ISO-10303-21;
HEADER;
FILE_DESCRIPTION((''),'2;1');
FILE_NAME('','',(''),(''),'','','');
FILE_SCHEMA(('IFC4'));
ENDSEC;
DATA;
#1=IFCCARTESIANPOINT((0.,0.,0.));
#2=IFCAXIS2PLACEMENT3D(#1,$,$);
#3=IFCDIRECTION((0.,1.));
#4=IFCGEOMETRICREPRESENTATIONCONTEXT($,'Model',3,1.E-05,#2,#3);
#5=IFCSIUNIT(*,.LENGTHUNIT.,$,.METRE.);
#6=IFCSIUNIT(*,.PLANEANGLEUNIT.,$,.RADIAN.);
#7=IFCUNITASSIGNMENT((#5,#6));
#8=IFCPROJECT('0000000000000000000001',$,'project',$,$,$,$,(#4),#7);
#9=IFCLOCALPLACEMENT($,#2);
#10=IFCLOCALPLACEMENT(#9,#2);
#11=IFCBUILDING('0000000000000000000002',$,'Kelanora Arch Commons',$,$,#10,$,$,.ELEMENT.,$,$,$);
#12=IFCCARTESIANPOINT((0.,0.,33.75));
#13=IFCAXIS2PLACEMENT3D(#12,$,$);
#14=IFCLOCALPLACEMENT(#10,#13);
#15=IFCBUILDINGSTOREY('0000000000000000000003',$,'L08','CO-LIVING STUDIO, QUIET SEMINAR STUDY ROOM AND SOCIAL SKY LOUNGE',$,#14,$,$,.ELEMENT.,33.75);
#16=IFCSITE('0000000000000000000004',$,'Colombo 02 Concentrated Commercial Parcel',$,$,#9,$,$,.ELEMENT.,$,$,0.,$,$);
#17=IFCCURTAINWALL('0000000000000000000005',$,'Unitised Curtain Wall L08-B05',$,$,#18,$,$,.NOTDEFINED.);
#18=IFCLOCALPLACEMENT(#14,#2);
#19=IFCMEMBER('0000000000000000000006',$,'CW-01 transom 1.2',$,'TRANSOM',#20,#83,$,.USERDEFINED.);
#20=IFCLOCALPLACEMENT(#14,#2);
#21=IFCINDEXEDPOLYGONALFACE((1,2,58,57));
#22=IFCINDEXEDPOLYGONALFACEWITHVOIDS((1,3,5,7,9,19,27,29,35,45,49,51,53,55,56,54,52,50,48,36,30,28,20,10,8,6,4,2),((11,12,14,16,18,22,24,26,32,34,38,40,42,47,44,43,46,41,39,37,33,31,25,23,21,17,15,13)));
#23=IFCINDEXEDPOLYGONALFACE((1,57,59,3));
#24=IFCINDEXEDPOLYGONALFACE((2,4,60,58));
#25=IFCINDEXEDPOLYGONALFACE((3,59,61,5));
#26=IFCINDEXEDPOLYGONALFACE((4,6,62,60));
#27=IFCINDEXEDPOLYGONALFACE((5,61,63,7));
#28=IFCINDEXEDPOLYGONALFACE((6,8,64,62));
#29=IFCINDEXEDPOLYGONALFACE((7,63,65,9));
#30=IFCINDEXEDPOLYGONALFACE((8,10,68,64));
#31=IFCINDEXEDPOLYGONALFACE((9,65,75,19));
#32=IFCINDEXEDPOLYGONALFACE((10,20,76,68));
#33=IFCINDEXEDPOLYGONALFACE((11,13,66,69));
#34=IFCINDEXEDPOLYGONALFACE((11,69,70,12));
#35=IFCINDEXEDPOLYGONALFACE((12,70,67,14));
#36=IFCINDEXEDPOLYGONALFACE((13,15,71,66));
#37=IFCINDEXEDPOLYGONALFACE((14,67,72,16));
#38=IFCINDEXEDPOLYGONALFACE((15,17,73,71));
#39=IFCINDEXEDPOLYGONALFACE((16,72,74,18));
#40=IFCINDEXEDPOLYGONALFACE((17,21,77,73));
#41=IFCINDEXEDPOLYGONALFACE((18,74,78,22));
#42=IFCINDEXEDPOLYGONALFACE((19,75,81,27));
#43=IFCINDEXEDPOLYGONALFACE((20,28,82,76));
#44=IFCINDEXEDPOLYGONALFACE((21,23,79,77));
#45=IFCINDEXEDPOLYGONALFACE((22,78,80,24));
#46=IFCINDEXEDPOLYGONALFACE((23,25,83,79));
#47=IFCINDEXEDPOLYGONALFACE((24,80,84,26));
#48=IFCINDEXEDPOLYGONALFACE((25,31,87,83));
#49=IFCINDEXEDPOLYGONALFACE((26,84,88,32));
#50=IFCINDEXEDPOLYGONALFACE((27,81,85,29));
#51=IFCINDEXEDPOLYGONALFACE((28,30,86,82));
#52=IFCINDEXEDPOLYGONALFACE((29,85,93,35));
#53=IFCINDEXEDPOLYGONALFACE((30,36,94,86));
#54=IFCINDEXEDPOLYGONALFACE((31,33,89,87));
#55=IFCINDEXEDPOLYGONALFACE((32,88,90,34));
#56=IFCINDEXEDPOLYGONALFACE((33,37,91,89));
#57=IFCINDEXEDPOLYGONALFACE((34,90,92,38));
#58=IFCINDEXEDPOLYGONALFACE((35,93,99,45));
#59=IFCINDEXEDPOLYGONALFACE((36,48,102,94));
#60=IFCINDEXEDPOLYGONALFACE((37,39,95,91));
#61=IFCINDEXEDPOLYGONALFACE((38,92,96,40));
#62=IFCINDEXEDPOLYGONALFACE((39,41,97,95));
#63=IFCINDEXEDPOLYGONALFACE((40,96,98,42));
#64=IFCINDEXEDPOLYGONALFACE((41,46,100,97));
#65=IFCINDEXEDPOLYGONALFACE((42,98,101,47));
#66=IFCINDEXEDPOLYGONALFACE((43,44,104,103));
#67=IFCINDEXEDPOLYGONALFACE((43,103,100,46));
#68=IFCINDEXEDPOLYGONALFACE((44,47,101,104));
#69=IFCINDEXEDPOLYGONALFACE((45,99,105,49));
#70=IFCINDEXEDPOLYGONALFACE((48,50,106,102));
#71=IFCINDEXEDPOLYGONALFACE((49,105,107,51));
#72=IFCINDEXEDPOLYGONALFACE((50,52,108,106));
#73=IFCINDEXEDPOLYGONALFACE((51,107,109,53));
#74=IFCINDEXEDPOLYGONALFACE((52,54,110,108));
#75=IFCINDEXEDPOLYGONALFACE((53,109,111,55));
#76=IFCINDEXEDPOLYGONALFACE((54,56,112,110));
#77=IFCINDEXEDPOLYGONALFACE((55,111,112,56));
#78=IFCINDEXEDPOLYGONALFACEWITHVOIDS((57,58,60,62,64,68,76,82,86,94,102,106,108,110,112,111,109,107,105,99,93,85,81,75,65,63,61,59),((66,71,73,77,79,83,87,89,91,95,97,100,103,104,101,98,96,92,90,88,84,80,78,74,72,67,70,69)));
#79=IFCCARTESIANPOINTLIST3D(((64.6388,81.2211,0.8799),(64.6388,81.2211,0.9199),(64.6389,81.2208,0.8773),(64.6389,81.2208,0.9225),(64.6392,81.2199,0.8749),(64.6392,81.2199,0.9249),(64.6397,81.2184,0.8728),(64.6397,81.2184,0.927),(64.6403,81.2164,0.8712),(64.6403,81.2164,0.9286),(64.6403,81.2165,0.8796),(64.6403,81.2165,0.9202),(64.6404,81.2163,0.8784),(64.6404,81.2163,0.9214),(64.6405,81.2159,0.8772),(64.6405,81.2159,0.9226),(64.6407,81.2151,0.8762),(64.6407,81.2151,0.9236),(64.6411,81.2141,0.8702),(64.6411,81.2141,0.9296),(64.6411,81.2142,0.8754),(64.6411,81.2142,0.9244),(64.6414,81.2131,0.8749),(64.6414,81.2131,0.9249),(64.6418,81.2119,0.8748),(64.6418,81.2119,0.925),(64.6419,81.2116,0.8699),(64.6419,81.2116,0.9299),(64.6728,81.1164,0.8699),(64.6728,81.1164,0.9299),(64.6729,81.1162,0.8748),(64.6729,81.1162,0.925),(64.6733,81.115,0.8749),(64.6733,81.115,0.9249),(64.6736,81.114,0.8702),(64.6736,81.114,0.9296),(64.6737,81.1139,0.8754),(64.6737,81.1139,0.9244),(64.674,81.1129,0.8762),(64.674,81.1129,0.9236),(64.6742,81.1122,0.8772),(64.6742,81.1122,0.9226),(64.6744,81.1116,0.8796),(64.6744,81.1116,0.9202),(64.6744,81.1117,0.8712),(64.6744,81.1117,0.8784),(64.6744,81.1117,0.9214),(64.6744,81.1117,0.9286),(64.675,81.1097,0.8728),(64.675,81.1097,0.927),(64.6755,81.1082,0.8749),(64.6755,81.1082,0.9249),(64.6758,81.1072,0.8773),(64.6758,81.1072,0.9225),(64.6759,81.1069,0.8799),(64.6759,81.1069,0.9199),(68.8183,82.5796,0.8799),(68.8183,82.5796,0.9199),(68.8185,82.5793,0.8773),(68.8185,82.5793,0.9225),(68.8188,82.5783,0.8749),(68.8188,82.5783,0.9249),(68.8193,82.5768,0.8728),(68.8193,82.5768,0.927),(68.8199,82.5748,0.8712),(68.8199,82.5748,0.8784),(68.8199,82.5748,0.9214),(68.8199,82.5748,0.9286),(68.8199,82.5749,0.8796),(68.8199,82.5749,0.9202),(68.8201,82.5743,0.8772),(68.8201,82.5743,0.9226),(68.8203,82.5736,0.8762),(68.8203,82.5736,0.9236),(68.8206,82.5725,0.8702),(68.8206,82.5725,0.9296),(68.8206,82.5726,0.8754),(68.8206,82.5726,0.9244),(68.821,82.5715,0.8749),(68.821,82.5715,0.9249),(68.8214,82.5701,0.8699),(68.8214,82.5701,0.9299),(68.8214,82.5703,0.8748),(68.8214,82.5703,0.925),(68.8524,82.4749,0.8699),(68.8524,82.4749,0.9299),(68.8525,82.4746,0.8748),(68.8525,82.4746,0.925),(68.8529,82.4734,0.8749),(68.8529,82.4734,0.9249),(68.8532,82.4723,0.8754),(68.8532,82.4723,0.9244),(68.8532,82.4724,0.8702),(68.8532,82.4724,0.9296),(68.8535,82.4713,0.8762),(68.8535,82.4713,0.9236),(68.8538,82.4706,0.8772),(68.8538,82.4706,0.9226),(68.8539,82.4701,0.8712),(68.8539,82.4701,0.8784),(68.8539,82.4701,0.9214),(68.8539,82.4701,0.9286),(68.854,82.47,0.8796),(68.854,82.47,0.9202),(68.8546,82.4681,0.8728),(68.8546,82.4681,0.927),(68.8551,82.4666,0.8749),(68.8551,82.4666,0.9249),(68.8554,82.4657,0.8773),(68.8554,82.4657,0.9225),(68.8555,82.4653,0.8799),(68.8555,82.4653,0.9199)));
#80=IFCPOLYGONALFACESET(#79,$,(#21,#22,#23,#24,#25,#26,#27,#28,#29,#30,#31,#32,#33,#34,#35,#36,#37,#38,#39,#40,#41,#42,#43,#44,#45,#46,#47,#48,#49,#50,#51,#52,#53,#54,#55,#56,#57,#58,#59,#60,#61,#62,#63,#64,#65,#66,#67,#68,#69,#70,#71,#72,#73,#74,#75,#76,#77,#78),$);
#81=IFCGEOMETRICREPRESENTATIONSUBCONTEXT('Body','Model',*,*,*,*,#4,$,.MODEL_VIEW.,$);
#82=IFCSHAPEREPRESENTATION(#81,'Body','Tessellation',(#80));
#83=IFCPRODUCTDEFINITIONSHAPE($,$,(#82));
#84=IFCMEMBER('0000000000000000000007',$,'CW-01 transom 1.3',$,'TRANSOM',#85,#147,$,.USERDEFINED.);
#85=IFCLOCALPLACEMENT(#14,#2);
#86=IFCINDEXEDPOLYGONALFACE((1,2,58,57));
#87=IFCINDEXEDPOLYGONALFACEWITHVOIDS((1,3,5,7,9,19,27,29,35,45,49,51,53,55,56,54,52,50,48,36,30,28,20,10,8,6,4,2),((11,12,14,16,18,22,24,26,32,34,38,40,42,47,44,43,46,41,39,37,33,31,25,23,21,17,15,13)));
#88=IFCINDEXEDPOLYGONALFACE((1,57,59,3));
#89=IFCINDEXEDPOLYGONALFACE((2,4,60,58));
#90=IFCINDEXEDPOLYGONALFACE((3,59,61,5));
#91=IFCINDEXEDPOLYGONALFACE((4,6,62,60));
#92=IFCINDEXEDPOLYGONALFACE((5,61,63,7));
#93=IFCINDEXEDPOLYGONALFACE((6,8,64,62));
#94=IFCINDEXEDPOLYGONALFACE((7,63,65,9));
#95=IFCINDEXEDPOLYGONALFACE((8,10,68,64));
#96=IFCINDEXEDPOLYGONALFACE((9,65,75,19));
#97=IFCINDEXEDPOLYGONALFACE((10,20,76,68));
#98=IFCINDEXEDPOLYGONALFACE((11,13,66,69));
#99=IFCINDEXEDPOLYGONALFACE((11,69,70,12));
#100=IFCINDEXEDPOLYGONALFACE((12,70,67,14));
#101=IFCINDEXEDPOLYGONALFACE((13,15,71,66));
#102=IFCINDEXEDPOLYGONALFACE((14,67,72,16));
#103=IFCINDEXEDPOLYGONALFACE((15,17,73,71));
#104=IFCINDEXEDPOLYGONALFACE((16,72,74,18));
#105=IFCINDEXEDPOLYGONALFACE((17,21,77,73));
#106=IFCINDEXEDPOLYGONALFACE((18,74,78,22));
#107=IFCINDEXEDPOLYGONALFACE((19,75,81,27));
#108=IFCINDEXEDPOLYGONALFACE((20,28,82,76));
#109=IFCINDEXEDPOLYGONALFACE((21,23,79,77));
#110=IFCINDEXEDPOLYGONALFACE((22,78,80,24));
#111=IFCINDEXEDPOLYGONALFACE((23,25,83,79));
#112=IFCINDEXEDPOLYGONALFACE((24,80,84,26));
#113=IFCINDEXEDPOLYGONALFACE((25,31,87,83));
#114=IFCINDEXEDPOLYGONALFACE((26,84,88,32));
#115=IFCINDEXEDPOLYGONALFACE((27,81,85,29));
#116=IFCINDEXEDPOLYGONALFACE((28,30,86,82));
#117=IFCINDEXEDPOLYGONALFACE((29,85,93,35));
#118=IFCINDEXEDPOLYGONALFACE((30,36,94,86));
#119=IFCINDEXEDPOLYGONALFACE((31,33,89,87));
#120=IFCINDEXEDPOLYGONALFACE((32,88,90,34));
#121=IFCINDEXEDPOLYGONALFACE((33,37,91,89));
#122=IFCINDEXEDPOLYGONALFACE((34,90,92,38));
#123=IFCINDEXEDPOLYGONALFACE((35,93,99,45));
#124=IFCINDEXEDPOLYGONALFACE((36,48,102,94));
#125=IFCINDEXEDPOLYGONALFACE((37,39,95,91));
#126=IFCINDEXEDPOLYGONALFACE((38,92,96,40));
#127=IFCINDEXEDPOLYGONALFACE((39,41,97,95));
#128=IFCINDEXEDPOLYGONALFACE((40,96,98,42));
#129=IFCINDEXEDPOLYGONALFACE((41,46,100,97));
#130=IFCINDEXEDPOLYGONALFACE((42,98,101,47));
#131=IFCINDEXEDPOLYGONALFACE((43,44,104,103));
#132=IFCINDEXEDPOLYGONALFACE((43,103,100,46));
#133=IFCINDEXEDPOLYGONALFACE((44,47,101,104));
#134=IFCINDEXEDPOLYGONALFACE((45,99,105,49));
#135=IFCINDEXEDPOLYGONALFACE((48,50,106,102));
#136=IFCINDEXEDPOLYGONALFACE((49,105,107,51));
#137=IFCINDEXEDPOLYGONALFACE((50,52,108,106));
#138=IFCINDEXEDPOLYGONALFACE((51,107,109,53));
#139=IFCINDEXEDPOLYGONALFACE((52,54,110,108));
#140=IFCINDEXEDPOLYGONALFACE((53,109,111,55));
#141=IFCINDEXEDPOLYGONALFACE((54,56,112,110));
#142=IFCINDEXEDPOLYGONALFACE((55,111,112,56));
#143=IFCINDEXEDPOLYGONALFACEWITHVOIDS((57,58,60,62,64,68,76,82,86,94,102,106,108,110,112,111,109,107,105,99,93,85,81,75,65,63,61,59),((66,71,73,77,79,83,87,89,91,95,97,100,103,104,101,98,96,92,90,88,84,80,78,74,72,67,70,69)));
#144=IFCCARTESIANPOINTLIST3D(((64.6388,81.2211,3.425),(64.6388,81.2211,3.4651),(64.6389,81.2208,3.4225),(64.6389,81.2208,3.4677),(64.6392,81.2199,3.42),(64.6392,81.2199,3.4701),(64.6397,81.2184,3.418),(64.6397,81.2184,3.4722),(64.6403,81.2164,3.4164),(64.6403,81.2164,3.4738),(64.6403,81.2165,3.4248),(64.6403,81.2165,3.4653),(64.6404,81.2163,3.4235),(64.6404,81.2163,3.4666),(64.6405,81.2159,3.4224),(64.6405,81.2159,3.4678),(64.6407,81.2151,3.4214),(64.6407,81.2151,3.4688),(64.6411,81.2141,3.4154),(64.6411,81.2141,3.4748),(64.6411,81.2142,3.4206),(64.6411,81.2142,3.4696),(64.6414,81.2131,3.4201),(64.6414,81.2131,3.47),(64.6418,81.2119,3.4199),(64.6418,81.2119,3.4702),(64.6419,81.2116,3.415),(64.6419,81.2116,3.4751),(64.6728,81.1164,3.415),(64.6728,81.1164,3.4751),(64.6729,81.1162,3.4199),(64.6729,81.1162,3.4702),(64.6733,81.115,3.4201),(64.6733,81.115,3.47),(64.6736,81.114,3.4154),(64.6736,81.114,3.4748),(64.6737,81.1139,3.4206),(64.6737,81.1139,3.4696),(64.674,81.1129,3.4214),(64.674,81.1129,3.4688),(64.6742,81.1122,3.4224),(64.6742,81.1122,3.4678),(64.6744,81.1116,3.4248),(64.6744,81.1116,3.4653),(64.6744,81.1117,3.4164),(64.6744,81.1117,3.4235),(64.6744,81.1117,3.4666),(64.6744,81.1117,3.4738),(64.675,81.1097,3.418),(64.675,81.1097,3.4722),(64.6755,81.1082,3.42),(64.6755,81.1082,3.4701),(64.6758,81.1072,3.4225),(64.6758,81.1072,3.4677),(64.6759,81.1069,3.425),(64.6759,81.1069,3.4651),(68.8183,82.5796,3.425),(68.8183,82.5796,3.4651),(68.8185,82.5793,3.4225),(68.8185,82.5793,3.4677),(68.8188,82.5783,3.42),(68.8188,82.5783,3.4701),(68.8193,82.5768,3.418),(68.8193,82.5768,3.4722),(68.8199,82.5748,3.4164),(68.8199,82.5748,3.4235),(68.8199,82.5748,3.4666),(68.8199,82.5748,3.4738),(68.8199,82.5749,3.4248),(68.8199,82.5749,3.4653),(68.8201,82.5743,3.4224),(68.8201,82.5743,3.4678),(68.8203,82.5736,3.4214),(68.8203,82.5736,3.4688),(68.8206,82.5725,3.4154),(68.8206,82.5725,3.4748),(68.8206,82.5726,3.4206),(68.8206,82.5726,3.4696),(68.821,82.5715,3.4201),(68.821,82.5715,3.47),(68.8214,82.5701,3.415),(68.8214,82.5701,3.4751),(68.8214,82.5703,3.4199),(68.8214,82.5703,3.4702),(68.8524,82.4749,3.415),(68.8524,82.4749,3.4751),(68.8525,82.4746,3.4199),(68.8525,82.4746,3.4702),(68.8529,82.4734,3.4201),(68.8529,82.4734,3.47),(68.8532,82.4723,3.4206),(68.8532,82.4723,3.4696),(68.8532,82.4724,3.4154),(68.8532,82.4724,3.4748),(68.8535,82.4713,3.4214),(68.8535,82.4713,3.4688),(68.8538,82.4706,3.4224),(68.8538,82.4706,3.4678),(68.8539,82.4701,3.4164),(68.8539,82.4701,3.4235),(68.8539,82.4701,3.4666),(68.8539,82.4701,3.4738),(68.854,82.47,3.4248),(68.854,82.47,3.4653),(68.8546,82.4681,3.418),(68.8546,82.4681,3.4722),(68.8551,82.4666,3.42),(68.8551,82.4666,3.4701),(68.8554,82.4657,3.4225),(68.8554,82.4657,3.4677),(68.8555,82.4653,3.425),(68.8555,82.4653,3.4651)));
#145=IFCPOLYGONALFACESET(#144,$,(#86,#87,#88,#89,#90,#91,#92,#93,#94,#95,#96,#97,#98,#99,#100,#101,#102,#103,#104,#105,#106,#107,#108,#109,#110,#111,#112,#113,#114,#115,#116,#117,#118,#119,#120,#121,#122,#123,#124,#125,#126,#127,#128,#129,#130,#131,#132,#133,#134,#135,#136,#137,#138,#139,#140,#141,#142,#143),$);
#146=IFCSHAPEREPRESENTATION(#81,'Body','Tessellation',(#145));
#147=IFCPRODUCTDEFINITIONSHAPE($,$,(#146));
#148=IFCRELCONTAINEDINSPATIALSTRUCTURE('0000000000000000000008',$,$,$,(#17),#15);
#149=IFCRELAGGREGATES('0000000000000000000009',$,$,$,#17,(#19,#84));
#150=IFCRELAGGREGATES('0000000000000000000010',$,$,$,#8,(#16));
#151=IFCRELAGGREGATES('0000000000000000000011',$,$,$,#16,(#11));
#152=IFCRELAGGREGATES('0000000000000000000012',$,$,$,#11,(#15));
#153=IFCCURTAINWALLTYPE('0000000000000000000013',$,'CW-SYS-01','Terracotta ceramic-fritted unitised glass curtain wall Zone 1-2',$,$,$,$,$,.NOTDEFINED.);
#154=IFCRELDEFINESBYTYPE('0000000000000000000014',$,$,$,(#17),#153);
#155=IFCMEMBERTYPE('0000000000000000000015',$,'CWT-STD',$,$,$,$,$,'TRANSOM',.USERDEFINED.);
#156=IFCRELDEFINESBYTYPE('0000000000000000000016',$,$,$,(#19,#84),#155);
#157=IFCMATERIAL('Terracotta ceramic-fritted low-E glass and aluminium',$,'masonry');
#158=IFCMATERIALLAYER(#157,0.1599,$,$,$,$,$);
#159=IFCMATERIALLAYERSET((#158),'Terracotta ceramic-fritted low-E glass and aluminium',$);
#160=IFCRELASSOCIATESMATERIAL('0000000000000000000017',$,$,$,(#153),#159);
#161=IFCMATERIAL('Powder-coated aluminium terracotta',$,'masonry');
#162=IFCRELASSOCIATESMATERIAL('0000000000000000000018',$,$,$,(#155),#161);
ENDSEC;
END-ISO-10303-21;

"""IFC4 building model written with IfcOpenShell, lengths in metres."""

from ifc_helpers import new_model, si_unit, direction, frame, origin, origin_2d, place, context, subcontext, project, spatial, hollow_rectangle, extrude, material, layer, layer_set, material_profile, profile_set, type_object, element, aggregate, save


model = new_model("IFC4")

# Units and contexts
model_context = context("Model", 3, precision=1e-05, world=origin(), true_north=direction((0.0, 1.0)))
body_context = subcontext(model_context, "Body", "Model", "MODEL_VIEW")
ifc_project = project(units=[si_unit("LENGTHUNIT", "METRE"), si_unit("PLANEANGLEUNIT", "RADIAN")], contexts=[model_context])

# Site, building, storey
site_placement = place(None, origin())
site = spatial("IfcSite", under=ifc_project, at=site_placement, Name="Colombo 02 Concentrated Commercial Parcel", CompositionType="ELEMENT", RefElevation=0.0)
building_placement = place(site_placement, origin())
building = spatial("IfcBuilding", under=site, at=building_placement, Name="Kelanora Arch Commons", CompositionType="ELEMENT")
storey_placement = place(building_placement, frame((0.0, 0.0, 33.75)))
storey = spatial("IfcBuildingStorey", under=building, at=storey_placement, Name="L08", Description="CO-LIVING STUDIO, QUIET SEMINAR STUDY ROOM AND SOCIAL SKY LOUNGE", CompositionType="ELEMENT", Elevation=33.75)

# Curtain wall, members
ifc_material_1 = material(Name="Terracotta ceramic-fritted low-E glass and aluminium", Category="masonry")
ifc_layer_1 = layer(ifc_material_1, 0.1599)
ifc_layer_set_1 = layer_set([ifc_layer_1], Name="Terracotta ceramic-fritted low-E glass and aluminium")
curtain_wall_type = type_object("IfcCurtainWallType", Name="CW-SYS-01", Description="Terracotta ceramic-fritted unitised glass curtain wall Zone 1-2", PredefinedType="NOTDEFINED", material=ifc_layer_set_1)
curtain_wall_placement = place(storey_placement, origin())
curtain_wall = element("IfcCurtainWall", 1, at=curtain_wall_placement, inside=storey, type_object=curtain_wall_type, Name="Unitised Curtain Wall L08-B05", PredefinedType="NOTDEFINED")
ifc_material_2 = material(Name="Powder-coated aluminium terracotta", Category="masonry")
ifc_material_profile_1 = material_profile(ifc_material_2, hollow_rectangle(XDim=0.1201, YDim=0.0601, WallThickness=0.0049, InnerFilletRadius=0.0049, OuterFilletRadius=0.01, at=origin_2d()), Name="CWT120x60")
ifc_profile_set_1 = profile_set([ifc_material_profile_1], Name="Powder-coated aluminium terracotta")
member_type_1 = type_object("IfcMemberType", Name="CWT-STD", ElementType="TRANSOM", PredefinedType="USERDEFINED", material=ifc_profile_set_1)
member_1_placement = place(storey_placement, frame((68.8369, 82.5225, 0.8999), z_axis=(-0.951029, -0.309102, 0.0), x_axis=(0.309102, -0.951029, 0.0)))
member_1 = element("IfcMember", 2, at=member_1_placement, type_object=member_type_1, Name="CW-01 transom 1.2", ObjectType="TRANSOM", PredefinedType="USERDEFINED", context=body_context, shape_type="SweptSolid", body=[
    extrude(hollow_rectangle(XDim=0.1201, YDim=0.0601, WallThickness=0.0049, InnerFilletRadius=0.0049, OuterFilletRadius=0.01, at=origin_2d()), origin(), (0.0, 0.0, 1.0), 4.3948),
])
member_2_placement = place(storey_placement, frame((68.8369, 82.5225, 3.4451), z_axis=(-0.951029, -0.309102, 0.0), x_axis=(0.309102, -0.951029, 0.0)))
member_2 = element("IfcMember", 3, at=member_2_placement, type_object=member_type_1, Name="CW-01 transom 1.3", ObjectType="TRANSOM", PredefinedType="USERDEFINED", context=body_context, shape_type="SweptSolid", body=[
    extrude(hollow_rectangle(XDim=0.1201, YDim=0.0601, WallThickness=0.0049, InnerFilletRadius=0.0049, OuterFilletRadius=0.01, at=origin_2d()), origin(), (0.0, 0.0, 1.0), 4.3948),
])
aggregate(curtain_wall, [member_1, member_2])

save(model, "model.ifc")
